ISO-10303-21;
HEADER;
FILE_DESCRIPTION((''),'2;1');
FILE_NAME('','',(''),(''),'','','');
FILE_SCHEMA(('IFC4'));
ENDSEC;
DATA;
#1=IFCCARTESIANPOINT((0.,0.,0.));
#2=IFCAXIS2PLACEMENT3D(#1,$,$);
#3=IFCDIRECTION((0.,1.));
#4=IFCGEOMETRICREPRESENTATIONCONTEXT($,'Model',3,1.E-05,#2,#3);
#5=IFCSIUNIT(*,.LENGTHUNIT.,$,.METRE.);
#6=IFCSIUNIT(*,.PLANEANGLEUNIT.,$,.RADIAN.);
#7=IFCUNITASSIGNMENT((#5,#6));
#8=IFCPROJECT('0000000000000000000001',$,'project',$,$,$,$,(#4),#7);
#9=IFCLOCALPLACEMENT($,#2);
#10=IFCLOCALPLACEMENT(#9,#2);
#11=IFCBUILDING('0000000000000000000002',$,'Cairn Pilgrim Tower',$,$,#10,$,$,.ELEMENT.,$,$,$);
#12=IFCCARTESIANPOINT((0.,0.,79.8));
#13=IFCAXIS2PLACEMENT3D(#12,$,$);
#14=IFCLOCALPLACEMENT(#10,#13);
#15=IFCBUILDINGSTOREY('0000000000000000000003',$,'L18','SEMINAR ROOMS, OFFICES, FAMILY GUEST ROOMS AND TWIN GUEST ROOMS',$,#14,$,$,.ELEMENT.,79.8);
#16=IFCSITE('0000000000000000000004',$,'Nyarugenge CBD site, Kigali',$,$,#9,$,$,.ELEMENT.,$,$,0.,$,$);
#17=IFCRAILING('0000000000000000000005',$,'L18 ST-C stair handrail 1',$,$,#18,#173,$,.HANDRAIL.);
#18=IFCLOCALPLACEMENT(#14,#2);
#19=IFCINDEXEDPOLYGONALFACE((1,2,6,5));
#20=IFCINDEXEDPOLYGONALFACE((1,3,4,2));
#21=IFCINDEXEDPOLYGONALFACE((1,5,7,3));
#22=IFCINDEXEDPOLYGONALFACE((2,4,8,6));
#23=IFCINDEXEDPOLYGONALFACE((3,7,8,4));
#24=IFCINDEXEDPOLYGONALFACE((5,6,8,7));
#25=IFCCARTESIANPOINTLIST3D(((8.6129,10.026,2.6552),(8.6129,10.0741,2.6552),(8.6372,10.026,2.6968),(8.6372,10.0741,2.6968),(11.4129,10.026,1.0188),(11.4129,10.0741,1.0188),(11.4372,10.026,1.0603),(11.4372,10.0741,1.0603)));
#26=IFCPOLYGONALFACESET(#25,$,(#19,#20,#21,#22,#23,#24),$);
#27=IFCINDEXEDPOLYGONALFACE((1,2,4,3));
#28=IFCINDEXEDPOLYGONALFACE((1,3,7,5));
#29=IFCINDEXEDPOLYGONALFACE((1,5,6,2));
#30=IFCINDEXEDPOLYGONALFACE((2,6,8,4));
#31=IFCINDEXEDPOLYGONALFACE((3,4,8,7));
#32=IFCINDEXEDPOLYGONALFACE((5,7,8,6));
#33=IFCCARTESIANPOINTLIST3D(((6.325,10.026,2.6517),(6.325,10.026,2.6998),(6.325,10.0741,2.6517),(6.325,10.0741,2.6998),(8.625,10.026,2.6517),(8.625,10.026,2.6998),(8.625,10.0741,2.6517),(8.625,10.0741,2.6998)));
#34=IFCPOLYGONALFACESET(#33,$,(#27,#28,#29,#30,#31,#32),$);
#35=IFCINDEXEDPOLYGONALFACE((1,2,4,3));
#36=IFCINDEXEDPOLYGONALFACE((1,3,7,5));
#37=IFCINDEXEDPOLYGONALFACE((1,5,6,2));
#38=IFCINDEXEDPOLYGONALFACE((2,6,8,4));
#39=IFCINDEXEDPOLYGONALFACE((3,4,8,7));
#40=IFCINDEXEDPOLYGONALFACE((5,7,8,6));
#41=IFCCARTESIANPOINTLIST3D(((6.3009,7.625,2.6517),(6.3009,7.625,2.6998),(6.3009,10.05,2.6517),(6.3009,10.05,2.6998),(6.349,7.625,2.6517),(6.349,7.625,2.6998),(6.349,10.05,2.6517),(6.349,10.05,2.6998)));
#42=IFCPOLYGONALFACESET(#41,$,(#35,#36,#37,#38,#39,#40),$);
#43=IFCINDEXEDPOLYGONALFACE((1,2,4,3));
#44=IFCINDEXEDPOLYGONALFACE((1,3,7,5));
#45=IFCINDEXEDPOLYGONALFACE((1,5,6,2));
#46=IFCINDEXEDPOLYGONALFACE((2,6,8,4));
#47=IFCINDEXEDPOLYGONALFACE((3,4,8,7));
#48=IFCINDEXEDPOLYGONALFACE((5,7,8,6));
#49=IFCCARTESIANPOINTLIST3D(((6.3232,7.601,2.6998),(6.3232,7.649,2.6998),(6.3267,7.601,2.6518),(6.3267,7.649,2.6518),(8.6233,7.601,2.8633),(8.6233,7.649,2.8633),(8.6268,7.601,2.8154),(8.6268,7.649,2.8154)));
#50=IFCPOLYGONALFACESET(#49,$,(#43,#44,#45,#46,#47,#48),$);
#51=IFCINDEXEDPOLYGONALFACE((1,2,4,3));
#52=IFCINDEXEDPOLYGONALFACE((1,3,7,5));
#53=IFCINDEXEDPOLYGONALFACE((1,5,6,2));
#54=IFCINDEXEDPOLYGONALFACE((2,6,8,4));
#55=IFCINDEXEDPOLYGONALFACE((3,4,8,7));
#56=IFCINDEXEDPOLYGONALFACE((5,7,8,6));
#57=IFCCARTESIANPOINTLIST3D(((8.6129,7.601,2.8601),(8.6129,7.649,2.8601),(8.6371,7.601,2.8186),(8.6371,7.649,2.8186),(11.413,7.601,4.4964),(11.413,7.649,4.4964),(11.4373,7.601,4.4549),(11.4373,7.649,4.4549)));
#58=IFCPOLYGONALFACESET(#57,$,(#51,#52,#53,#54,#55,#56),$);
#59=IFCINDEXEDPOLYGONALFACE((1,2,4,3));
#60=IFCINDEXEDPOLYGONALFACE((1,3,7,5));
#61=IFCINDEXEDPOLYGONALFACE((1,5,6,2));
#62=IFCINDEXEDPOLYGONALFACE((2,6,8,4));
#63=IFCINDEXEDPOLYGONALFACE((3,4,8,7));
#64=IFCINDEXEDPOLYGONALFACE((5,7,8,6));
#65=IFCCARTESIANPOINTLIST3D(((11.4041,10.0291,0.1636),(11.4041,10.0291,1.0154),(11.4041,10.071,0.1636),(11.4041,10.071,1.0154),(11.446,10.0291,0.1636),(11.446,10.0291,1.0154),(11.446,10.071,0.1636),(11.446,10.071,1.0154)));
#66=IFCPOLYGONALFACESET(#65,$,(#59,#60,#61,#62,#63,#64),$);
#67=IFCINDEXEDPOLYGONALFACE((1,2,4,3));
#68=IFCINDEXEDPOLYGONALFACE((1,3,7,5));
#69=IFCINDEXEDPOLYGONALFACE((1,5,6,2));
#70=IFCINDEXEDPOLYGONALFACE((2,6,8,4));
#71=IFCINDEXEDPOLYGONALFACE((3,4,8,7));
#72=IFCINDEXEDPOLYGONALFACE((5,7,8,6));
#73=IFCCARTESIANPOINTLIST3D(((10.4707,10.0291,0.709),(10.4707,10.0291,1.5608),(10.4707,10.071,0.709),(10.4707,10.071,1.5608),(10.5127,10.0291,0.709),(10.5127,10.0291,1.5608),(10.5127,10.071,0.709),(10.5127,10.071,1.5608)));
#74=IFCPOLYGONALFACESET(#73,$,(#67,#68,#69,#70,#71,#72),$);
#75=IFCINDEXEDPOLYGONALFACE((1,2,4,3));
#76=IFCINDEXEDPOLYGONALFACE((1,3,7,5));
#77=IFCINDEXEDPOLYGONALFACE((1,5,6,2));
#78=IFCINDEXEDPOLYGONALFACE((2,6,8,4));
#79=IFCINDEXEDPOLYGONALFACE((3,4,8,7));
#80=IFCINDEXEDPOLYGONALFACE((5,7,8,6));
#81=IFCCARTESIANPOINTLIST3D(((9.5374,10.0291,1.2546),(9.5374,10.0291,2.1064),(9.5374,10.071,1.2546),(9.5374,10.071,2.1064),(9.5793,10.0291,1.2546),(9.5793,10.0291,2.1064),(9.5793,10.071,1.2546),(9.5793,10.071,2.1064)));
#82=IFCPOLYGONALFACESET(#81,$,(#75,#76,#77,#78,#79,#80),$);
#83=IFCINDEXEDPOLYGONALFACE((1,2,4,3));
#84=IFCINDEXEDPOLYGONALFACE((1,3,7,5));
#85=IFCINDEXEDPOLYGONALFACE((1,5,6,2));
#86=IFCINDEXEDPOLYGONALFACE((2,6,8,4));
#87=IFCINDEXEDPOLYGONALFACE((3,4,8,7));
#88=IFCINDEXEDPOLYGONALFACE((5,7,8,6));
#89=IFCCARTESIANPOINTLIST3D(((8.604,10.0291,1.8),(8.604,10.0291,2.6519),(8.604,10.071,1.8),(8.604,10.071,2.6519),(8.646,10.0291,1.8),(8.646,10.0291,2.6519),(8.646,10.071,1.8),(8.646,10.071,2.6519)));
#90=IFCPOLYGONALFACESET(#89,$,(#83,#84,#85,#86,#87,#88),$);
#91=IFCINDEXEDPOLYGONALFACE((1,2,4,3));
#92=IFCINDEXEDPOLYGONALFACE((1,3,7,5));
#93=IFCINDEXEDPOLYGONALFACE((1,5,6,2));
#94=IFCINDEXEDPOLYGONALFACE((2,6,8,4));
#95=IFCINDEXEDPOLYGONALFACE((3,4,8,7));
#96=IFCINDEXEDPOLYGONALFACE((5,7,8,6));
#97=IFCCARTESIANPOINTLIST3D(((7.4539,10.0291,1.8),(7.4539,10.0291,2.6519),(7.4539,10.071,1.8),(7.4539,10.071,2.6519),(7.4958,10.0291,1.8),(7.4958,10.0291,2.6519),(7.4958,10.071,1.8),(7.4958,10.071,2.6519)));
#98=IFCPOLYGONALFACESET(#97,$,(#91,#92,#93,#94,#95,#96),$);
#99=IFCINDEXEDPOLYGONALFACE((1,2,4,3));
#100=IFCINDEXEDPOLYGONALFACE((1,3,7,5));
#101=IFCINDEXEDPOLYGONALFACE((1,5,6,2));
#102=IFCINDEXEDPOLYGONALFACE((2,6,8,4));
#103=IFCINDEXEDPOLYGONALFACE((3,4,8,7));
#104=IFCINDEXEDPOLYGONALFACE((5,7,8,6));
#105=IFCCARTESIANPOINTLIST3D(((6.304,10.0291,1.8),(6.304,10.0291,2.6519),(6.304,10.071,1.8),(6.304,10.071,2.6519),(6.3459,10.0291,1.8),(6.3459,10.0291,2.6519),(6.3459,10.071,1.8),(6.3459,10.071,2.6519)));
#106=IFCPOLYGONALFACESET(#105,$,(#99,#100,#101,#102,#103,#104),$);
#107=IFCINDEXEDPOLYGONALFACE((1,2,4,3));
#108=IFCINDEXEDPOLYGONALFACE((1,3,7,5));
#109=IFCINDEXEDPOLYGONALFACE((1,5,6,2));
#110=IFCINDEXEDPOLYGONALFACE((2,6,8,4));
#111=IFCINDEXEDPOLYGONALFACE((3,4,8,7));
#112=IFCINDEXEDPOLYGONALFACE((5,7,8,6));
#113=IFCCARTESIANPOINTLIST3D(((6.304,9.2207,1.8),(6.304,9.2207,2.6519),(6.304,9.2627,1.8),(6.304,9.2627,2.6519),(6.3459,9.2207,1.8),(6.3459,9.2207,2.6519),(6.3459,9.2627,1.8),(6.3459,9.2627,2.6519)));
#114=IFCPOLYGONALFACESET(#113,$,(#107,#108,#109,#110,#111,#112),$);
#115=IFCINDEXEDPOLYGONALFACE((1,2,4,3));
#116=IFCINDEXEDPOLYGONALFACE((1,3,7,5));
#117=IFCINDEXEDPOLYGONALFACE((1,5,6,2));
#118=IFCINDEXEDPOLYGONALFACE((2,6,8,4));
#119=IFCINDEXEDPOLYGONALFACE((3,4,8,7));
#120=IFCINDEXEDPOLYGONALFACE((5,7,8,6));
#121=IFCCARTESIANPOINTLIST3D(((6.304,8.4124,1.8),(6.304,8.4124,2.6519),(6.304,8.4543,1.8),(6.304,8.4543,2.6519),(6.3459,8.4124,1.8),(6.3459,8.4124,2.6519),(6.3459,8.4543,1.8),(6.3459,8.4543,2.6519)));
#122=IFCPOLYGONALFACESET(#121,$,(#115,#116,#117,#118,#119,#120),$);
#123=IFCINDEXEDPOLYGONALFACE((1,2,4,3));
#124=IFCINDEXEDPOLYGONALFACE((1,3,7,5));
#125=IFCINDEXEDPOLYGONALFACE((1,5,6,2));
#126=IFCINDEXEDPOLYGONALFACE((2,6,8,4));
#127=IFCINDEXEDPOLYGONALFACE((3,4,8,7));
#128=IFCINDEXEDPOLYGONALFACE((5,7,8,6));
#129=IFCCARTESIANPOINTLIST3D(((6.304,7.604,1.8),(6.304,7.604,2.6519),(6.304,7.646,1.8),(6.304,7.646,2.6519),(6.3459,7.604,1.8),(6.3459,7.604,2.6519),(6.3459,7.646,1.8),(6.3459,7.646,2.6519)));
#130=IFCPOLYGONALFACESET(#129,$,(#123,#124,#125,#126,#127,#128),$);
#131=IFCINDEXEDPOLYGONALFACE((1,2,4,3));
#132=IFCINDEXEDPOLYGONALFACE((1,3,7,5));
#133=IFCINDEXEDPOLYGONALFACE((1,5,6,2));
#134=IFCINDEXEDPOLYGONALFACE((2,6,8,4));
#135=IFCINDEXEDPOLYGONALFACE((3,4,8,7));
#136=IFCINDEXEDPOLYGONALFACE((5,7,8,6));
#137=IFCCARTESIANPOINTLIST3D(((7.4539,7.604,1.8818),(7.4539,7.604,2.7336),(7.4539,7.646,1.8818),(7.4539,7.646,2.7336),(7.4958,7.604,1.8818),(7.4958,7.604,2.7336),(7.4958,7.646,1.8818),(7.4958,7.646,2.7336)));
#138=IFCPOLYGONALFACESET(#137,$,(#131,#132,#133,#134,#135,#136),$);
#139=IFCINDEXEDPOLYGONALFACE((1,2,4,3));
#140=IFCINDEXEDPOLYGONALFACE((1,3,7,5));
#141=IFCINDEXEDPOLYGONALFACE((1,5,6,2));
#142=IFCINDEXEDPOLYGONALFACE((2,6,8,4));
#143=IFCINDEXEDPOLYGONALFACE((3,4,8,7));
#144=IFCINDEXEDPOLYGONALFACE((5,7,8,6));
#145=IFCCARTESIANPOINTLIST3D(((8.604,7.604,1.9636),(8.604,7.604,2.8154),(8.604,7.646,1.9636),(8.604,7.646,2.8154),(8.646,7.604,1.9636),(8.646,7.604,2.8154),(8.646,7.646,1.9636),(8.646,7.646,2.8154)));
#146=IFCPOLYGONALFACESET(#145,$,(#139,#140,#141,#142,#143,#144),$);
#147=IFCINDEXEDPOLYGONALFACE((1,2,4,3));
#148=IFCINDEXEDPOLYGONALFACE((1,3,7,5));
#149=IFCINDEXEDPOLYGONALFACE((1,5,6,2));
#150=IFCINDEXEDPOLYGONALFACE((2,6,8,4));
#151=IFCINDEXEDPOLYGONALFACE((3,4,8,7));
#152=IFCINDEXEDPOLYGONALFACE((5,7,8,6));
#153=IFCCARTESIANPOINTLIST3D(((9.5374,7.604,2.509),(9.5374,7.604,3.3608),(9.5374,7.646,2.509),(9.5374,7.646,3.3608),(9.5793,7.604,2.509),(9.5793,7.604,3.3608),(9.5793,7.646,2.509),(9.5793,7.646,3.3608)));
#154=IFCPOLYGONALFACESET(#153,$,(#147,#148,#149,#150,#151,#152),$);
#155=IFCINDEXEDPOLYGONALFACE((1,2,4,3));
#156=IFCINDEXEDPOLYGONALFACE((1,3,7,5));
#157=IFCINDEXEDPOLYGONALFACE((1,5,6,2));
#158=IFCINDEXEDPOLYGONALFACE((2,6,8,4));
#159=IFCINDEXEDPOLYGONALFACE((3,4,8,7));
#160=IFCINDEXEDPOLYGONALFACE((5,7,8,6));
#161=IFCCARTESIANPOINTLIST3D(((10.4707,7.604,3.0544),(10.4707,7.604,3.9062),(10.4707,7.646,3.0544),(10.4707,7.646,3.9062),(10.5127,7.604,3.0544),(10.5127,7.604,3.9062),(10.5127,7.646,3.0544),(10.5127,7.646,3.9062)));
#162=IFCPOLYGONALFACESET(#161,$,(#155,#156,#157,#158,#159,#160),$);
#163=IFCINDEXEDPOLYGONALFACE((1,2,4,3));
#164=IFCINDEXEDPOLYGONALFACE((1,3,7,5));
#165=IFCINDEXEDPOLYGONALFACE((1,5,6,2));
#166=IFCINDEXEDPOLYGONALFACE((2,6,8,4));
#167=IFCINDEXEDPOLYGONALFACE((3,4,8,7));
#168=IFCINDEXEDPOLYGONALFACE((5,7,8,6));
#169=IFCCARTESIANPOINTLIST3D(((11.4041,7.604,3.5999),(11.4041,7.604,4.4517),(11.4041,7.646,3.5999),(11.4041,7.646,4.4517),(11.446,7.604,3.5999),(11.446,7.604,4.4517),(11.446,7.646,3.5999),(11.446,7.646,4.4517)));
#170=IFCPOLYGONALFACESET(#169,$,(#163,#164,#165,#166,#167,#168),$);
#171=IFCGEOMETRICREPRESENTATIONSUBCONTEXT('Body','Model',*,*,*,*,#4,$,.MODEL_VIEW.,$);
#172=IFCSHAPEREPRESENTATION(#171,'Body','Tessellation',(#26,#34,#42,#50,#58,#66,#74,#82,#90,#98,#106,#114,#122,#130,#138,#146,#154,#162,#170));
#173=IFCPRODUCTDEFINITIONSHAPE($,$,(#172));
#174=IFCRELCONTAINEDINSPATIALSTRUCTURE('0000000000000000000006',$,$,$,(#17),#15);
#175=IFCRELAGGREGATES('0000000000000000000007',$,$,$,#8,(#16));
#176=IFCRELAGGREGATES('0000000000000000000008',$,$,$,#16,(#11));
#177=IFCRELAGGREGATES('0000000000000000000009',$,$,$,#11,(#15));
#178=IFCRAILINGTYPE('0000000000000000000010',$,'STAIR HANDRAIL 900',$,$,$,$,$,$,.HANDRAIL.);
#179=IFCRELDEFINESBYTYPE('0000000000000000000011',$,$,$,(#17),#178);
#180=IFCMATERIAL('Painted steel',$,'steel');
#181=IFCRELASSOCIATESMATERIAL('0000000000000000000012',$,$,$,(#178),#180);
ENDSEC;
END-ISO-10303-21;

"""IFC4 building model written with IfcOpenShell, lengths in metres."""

from ifc_helpers import new_model, si_unit, direction, frame, origin, origin_2d, place, context, subcontext, project, spatial, rectangle, extrude, material, type_object, element, save


model = new_model("IFC4")

# Units and contexts
model_context = context("Model", 3, precision=1e-05, world=origin(), true_north=direction((0.0, 1.0)))
body_context = subcontext(model_context, "Body", "Model", "MODEL_VIEW")
ifc_project = project(units=[si_unit("LENGTHUNIT", "METRE"), si_unit("PLANEANGLEUNIT", "RADIAN")], contexts=[model_context])

# Site, building, storey
site_placement = place(None, origin())
site = spatial("IfcSite", under=ifc_project, at=site_placement, Name="Nyarugenge CBD site, Kigali", CompositionType="ELEMENT", RefElevation=0.0)
building_placement = place(site_placement, origin())
building = spatial("IfcBuilding", under=site, at=building_placement, Name="Cairn Pilgrim Tower", CompositionType="ELEMENT")
storey_placement = place(building_placement, frame((0.0, 0.0, 79.8)))
storey = spatial("IfcBuildingStorey", under=building, at=storey_placement, Name="L18", Description="SEMINAR ROOMS, OFFICES, FAMILY GUEST ROOMS AND TWIN GUEST ROOMS", CompositionType="ELEMENT", Elevation=79.8)

# Railing
ifc_material_1 = material(Name="Painted steel", Category="steel")
railing_type = type_object("IfcRailingType", Name="STAIR HANDRAIL 900", PredefinedType="HANDRAIL", material=ifc_material_1)
railing_placement = place(storey_placement, frame((11.425, 10.05, 0.1636)))
element("IfcRailing", 1, at=railing_placement, inside=storey, type_object=railing_type, Name="L18 ST-C stair handrail 1", PredefinedType="HANDRAIL", context=body_context, shape_type="SweptSolid", body=[
    extrude(rectangle(XDim=0.0481, YDim=0.0481, at=origin_2d()), frame((0.0, 0.0, 0.876), z_axis=(-0.863361, 0.0, 0.504587), x_axis=(0.0, -1.0, 0.0)), (0.0, 0.0, 1.0), 3.2432),
    extrude(rectangle(XDim=0.0481, YDim=0.0481, at=origin_2d()), frame((-2.8, 0.0, 2.5122), z_axis=(-1.0, 0.0, 0.0), x_axis=(0.0, -1.0, 0.0)), (0.0, 0.0, 1.0), 2.3),
    extrude(rectangle(XDim=0.0481, YDim=0.0481, at=origin_2d()), frame((-5.1001, 0.0, 2.5122), z_axis=(0.0, -1.0, 0.0), x_axis=(1.0, 0.0, 0.0)), (0.0, 0.0, 1.0), 2.425),
    extrude(rectangle(XDim=0.0481, YDim=0.0481, at=origin_2d()), frame((-5.1001, -2.425, 2.5122), z_axis=(0.997481, 0.0, 0.070939), x_axis=(0.0, 1.0, 0.0)), (0.0, 0.0, 1.0), 2.3059),
    extrude(rectangle(XDim=0.0481, YDim=0.0481, at=origin_2d()), frame((-2.8, -2.425, 2.6758), z_axis=(0.863394, 0.0, 0.504531), x_axis=(0.0, 1.0, 0.0)), (0.0, 0.0, 1.0), 3.2432),
    extrude(rectangle(XDim=0.042, YDim=0.042, at=origin_2d()), origin(), (0.0, 0.0, 1.0), 0.8518),
    extrude(rectangle(XDim=0.042, YDim=0.042, at=origin_2d()), frame((-0.9333, 0.0, 0.5454)), (0.0, 0.0, 1.0), 0.8518),
    extrude(rectangle(XDim=0.042, YDim=0.042, at=origin_2d()), frame((-1.8667, 0.0, 1.0911)), (0.0, 0.0, 1.0), 0.8518),
    extrude(rectangle(XDim=0.042, YDim=0.042, at=origin_2d()), frame((-2.8, 0.0, 1.6365)), (0.0, 0.0, 1.0), 0.8518),
    extrude(rectangle(XDim=0.042, YDim=0.042, at=origin_2d()), frame((-3.9502, 0.0, 1.6365)), (0.0, 0.0, 1.0), 0.8518),
    extrude(rectangle(XDim=0.042, YDim=0.042, at=origin_2d()), frame((-5.1001, 0.0, 1.6365)), (0.0, 0.0, 1.0), 0.8518),
    extrude(rectangle(XDim=0.042, YDim=0.042, at=origin_2d()), frame((-5.1001, -0.8083, 1.6365)), (0.0, 0.0, 1.0), 0.8518),
    extrude(rectangle(XDim=0.042, YDim=0.042, at=origin_2d()), frame((-5.1001, -1.6167, 1.6365)), (0.0, 0.0, 1.0), 0.8518),
    extrude(rectangle(XDim=0.042, YDim=0.042, at=origin_2d()), frame((-5.1001, -2.425, 1.6365)), (0.0, 0.0, 1.0), 0.8518),
    extrude(rectangle(XDim=0.042, YDim=0.042, at=origin_2d()), frame((-3.9502, -2.425, 1.7183)), (0.0, 0.0, 1.0), 0.8518),
    extrude(rectangle(XDim=0.042, YDim=0.042, at=origin_2d()), frame((-2.8, -2.425, 1.8)), (0.0, 0.0, 1.0), 0.8518),
    extrude(rectangle(XDim=0.042, YDim=0.042, at=origin_2d()), frame((-1.8667, -2.425, 2.3455)), (0.0, 0.0, 1.0), 0.8518),
    extrude(rectangle(XDim=0.042, YDim=0.042, at=origin_2d()), frame((-0.9333, -2.425, 2.8909)), (0.0, 0.0, 1.0), 0.8518),
    extrude(rectangle(XDim=0.042, YDim=0.042, at=origin_2d()), frame((0.0, -2.425, 3.4363)), (0.0, 0.0, 1.0), 0.8518),
])

save(model, "model.ifc")
